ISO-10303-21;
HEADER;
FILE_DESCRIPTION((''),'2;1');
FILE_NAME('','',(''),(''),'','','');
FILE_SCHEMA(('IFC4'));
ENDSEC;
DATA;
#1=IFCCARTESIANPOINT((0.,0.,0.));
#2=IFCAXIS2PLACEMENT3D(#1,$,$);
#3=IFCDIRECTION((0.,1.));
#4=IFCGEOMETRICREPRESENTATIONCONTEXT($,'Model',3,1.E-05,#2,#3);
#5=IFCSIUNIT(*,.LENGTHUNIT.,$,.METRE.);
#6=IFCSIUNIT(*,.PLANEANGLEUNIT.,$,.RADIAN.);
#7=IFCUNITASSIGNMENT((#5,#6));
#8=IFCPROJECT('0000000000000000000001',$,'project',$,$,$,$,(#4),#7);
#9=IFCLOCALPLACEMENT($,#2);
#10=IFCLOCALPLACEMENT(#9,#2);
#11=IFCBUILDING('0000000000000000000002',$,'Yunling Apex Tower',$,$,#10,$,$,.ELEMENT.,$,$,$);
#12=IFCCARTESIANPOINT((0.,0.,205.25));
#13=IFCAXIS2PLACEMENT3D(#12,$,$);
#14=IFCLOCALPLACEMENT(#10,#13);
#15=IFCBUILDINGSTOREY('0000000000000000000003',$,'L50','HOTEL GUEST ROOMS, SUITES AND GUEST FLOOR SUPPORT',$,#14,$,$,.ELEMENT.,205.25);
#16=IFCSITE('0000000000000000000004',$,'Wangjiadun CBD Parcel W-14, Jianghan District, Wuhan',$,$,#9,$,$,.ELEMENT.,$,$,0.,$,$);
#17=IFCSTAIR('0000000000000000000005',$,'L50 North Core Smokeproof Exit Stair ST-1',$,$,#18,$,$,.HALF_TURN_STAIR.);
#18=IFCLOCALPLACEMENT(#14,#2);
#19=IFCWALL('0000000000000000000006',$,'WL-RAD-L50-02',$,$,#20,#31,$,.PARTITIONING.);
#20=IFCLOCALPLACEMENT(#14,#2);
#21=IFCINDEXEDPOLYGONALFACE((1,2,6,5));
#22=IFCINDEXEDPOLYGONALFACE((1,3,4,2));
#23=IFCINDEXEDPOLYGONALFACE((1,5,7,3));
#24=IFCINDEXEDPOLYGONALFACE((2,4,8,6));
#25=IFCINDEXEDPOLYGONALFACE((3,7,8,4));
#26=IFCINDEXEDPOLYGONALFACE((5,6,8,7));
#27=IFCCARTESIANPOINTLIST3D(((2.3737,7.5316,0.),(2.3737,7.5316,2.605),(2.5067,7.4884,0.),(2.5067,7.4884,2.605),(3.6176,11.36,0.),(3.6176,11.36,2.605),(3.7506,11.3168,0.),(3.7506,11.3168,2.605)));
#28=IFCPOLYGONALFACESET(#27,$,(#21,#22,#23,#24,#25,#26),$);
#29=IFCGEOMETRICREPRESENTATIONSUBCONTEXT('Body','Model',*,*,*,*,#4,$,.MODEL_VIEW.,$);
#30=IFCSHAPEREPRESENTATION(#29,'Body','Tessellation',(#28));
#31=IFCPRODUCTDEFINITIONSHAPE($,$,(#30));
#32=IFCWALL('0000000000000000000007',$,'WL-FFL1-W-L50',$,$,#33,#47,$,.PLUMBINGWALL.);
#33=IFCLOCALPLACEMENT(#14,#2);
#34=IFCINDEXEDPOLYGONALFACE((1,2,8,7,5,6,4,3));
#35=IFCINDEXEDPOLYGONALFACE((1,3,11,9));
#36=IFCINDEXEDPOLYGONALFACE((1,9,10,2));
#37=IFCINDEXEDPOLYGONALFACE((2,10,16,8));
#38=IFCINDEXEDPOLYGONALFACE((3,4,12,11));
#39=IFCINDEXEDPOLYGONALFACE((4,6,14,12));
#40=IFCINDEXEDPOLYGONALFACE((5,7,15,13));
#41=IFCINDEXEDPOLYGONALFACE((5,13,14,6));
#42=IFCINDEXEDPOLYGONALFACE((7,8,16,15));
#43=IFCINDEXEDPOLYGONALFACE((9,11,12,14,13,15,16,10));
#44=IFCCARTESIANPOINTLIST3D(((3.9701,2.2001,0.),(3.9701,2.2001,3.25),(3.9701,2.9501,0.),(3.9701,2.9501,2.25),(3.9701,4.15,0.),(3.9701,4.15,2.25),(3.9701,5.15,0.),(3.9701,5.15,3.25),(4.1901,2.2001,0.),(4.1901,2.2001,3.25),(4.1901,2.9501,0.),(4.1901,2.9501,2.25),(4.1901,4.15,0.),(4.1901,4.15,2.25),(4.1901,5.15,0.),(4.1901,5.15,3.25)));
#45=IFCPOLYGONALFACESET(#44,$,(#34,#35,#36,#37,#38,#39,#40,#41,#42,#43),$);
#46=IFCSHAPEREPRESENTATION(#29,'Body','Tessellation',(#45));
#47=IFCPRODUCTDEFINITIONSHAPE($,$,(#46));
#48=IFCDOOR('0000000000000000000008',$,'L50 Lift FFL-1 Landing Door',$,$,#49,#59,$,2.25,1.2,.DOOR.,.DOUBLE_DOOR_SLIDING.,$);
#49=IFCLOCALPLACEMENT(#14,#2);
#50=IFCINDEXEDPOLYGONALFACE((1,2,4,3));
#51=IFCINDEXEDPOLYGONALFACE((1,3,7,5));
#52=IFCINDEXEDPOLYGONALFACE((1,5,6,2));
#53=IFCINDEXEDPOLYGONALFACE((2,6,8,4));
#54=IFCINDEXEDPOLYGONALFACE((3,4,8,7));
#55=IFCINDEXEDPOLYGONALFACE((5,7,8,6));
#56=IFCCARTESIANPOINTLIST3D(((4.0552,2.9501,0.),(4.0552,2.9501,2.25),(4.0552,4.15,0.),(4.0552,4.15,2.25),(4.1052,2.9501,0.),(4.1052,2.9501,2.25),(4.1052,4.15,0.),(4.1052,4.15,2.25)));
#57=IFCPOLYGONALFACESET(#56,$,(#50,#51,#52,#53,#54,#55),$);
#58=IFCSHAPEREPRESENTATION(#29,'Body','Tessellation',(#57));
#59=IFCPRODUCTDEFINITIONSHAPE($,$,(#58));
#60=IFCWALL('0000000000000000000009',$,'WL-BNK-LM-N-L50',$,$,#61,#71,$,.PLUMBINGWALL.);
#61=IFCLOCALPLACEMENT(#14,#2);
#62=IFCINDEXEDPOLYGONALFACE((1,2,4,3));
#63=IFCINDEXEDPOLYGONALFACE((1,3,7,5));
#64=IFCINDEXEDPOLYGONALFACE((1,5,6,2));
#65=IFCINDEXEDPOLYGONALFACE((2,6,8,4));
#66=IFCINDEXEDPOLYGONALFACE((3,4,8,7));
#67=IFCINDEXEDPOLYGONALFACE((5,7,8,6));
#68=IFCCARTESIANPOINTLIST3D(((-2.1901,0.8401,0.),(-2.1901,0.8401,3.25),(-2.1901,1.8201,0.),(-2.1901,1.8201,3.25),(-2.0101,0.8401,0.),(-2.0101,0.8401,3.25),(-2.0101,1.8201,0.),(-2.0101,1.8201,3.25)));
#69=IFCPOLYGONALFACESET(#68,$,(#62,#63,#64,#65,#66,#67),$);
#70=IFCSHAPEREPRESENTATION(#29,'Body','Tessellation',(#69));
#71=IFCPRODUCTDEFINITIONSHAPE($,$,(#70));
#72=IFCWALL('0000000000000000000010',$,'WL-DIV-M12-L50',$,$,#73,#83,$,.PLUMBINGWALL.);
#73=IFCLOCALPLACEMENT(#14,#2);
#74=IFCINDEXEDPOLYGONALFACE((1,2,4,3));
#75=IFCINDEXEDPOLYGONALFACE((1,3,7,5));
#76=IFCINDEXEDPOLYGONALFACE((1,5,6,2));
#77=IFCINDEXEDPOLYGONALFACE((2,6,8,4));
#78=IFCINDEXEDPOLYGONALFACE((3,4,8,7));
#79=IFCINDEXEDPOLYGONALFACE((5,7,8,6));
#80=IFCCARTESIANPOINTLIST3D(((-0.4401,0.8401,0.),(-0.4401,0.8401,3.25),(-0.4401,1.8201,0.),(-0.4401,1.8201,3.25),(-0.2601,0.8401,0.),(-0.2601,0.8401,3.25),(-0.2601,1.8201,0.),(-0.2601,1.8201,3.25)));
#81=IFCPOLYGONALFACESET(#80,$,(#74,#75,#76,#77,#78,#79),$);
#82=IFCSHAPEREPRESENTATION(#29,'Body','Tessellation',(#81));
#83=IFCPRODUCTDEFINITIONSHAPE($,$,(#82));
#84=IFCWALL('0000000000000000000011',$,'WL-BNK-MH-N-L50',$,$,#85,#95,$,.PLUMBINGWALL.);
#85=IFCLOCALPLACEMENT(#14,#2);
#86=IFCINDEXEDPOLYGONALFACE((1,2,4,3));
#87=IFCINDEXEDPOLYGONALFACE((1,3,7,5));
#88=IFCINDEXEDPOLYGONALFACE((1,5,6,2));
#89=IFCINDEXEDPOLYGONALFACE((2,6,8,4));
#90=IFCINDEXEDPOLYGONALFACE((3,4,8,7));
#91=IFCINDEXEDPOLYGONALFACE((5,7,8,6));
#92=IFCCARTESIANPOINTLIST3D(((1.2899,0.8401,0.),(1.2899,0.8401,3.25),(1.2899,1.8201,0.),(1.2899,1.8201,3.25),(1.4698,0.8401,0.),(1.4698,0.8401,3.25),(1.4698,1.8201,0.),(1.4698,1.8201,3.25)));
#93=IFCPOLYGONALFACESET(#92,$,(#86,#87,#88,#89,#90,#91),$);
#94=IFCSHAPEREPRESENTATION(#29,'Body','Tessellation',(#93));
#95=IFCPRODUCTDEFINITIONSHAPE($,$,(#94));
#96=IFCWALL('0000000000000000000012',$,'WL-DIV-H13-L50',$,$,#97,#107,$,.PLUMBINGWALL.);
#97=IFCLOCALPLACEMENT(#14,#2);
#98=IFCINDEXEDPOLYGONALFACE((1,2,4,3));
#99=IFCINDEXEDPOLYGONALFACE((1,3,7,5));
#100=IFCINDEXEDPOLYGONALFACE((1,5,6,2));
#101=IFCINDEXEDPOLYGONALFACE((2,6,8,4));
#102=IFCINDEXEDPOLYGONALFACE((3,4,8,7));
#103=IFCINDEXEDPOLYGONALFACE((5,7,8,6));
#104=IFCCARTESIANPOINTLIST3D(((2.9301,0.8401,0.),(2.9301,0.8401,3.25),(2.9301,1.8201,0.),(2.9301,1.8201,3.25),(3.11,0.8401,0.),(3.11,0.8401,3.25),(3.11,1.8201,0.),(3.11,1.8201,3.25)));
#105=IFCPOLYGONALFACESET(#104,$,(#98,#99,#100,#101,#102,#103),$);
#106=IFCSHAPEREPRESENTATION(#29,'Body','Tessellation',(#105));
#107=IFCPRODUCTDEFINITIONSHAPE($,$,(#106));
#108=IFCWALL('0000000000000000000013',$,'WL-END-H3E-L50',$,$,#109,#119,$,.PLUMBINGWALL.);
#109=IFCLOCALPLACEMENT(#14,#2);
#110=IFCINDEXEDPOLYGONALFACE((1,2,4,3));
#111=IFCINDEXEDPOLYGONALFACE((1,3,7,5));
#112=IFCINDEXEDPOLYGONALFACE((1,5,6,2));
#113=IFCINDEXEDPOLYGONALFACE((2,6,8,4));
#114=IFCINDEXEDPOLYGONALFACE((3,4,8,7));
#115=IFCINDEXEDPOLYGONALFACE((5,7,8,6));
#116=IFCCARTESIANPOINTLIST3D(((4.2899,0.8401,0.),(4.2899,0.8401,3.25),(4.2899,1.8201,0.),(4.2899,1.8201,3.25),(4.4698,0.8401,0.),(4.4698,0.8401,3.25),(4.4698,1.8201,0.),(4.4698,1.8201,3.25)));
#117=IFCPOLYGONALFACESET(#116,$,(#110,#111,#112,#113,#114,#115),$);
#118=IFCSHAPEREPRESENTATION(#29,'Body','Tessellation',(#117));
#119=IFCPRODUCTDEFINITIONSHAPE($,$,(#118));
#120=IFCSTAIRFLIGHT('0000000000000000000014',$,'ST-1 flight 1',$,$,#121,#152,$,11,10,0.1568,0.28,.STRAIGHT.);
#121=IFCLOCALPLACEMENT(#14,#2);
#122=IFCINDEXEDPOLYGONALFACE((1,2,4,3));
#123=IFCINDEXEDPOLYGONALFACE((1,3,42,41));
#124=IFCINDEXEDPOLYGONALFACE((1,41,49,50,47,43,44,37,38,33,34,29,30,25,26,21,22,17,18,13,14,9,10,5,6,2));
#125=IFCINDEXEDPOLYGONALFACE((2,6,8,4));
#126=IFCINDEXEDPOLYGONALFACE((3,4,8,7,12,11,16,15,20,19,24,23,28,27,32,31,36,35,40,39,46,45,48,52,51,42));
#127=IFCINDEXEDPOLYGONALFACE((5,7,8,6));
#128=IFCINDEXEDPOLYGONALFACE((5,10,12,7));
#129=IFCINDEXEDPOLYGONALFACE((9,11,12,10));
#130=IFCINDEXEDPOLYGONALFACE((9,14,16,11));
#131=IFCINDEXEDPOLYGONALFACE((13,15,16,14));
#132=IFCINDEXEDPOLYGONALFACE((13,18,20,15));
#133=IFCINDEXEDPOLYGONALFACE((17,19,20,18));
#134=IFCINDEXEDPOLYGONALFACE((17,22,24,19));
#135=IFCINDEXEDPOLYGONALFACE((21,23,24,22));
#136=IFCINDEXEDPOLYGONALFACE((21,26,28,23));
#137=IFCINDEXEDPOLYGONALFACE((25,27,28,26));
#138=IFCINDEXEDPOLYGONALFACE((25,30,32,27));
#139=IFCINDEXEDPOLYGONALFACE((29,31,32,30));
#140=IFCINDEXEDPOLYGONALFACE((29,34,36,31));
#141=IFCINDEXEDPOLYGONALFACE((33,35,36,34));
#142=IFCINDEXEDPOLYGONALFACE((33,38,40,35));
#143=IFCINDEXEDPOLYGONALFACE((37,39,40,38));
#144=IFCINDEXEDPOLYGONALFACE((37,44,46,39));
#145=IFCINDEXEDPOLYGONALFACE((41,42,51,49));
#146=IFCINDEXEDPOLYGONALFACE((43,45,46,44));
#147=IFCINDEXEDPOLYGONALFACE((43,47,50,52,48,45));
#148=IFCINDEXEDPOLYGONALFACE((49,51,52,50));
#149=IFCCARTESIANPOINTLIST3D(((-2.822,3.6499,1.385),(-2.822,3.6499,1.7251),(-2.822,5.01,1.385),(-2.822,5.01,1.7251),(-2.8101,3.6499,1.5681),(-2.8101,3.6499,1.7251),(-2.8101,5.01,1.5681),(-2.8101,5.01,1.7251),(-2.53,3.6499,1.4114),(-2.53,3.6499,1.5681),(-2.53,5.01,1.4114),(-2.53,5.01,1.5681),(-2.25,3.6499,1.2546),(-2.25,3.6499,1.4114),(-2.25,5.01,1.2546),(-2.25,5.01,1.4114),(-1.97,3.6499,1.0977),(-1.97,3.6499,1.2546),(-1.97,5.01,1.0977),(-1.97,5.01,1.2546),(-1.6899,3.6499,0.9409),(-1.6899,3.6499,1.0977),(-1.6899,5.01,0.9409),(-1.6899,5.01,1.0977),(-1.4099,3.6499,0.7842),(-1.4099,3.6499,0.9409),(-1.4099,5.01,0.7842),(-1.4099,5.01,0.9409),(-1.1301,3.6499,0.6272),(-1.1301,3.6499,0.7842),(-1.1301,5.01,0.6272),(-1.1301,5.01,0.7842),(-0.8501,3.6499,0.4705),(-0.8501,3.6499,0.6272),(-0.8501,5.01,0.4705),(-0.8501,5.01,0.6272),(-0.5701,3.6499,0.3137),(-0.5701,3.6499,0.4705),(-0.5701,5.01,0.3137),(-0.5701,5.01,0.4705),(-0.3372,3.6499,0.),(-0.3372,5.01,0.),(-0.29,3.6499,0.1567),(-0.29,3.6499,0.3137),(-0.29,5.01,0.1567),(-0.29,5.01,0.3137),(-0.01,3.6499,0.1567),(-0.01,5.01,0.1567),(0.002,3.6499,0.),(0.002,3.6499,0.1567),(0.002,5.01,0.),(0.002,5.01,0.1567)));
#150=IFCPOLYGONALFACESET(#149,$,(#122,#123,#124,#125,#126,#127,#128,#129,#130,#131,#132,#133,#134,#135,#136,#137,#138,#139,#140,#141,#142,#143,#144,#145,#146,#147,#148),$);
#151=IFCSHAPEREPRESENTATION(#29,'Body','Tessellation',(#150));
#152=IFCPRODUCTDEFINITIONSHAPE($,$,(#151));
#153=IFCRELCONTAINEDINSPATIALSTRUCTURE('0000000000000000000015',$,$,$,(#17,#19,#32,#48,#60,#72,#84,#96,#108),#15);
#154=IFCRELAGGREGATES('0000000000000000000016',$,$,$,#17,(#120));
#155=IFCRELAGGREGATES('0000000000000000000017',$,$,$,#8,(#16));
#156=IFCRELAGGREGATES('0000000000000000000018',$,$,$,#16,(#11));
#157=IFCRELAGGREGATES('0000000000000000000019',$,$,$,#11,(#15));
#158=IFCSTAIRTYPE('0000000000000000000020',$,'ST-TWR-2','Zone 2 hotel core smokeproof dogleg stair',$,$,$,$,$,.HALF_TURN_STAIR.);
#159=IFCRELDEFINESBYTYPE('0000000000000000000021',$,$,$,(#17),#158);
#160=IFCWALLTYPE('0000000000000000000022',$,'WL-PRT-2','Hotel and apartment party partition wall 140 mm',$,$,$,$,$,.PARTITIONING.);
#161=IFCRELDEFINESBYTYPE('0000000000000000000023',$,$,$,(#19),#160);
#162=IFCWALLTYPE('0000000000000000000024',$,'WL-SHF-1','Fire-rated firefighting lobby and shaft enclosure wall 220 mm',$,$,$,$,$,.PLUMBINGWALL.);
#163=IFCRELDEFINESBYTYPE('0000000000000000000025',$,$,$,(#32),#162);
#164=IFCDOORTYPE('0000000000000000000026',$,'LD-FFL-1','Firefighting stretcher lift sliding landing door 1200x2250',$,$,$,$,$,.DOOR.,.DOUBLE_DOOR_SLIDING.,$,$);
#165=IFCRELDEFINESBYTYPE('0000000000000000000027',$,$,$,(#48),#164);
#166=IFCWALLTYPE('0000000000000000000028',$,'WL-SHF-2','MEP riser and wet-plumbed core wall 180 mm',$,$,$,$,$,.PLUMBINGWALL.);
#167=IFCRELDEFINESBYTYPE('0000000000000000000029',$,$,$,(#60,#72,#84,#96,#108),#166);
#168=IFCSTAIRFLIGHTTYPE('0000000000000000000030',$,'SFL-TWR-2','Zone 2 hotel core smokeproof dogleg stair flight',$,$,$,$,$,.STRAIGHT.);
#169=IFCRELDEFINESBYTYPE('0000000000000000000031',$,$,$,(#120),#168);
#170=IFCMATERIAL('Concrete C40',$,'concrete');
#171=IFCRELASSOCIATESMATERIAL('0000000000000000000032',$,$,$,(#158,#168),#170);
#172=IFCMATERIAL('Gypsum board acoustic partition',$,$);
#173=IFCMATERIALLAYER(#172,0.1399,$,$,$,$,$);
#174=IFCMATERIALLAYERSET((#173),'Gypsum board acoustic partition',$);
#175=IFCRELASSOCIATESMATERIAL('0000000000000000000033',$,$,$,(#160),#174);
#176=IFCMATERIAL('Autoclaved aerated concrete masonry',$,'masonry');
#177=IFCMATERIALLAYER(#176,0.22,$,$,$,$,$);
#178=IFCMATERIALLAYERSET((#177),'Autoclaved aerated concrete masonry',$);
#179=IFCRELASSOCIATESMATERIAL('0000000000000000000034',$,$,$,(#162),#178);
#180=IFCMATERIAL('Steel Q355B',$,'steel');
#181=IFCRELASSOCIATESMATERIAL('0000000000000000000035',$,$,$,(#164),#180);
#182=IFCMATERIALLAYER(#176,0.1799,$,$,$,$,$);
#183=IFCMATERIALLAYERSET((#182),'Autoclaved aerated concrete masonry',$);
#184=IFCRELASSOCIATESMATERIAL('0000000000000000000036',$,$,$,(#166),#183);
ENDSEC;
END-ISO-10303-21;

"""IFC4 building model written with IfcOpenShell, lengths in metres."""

from ifc_helpers import new_model, si_unit, direction, frame, frame_2d, origin, place, context, subcontext, project, spatial, polyline, rectangle, outline, extrude, material, layer, layer_set, type_object, element, fill, aggregate, save


model = new_model("IFC4")

# Units and contexts
model_context = context("Model", 3, precision=1e-05, world=origin(), true_north=direction((0.0, 1.0)))
body_context = subcontext(model_context, "Body", "Model", "MODEL_VIEW")
ifc_project = project(units=[si_unit("LENGTHUNIT", "METRE"), si_unit("PLANEANGLEUNIT", "RADIAN")], contexts=[model_context])

# Site, building, storey
site_placement = place(None, origin())
site = spatial("IfcSite", under=ifc_project, at=site_placement, Name="Wangjiadun CBD Parcel W-14, Jianghan District, Wuhan", CompositionType="ELEMENT", RefElevation=0.0)
building_placement = place(site_placement, origin())
building = spatial("IfcBuilding", under=site, at=building_placement, Name="Yunling Apex Tower", CompositionType="ELEMENT")
storey_placement = place(building_placement, frame((0.0, 0.0, 205.25)))
storey = spatial("IfcBuildingStorey", under=building, at=storey_placement, Name="L50", Description="HOTEL GUEST ROOMS, SUITES AND GUEST FLOOR SUPPORT", CompositionType="ELEMENT", Elevation=205.25)

# Shared definitions
ifc_material_1 = material(Name="Steel Q355B", Category="steel")

# Shared definitions
ifc_material_2 = material(Name="Concrete C40", Category="concrete")

# Stair
stair_type = type_object("IfcStairType", Name="ST-TWR-2", Description="Zone 2 hotel core smokeproof dogleg stair", PredefinedType="HALF_TURN_STAIR", material=ifc_material_2)
stair_1_placement = place(storey_placement, origin())
stair_1 = element("IfcStair", 1, at=stair_1_placement, inside=storey, type_object=stair_type, Name="L50 North Core Smokeproof Exit Stair ST-1", PredefinedType="HALF_TURN_STAIR")

# Wall
ifc_material_3 = material(Name="Gypsum board acoustic partition")
ifc_layer_1 = layer(ifc_material_3, 0.1399)
ifc_layer_set_1 = layer_set([ifc_layer_1], Name="Gypsum board acoustic partition")
wall_type_1 = type_object("IfcWallType", Name="WL-PRT-2", Description="Hotel and apartment party partition wall 140 mm", PredefinedType="PARTITIONING", material=ifc_layer_set_1)
wall_1_placement = place(storey_placement, frame((2.4402, 7.51, 0.0), z_axis=(0.0, 0.0, 1.0), x_axis=(0.309013, 0.951058, 0.0)))
element("IfcWall", 2, at=wall_1_placement, inside=storey, type_object=wall_type_1, Name="WL-RAD-L50-02", PredefinedType="PARTITIONING", context=body_context, shape_type="SweptSolid", body=[
    extrude(rectangle(XDim=4.0254, YDim=0.1399, at=frame_2d((2.0127, 0.0))), origin(), (0.0, 0.0, 1.0), 2.605),
])

# Wall, opening, door
ifc_material_4 = material(Name="Autoclaved aerated concrete masonry", Category="masonry")
ifc_layer_2 = layer(ifc_material_4, 0.22)
ifc_layer_set_2 = layer_set([ifc_layer_2], Name="Autoclaved aerated concrete masonry")
wall_type_2 = type_object("IfcWallType", Name="WL-SHF-1", Description="Fire-rated firefighting lobby and shaft enclosure wall 220 mm", PredefinedType="PLUMBINGWALL", material=ifc_layer_set_2)
wall_2_placement = place(storey_placement, frame((4.0801, 2.2, 0.0), z_axis=(0.0, 0.0, 1.0), x_axis=(0.0, 1.0, 0.0)))
wall_2 = element("IfcWall", 3, at=wall_2_placement, inside=storey, type_object=wall_type_2, Name="WL-FFL1-W-L50", PredefinedType="PLUMBINGWALL", context=body_context, shape_type="SweptSolid", body=[
    extrude(rectangle(XDim=2.95, YDim=0.22, at=frame_2d((1.4751, 0.0))), origin(), (0.0, 0.0, 1.0), 3.25),
])
opening_1_placement = place(wall_2_placement, frame((0.75, 0.0, 0.0)))
opening_1 = element("IfcOpeningElement", 4, at=opening_1_placement, cuts=wall_2, PredefinedType="OPENING", context=body_context, shape_type="SweptSolid", body=[
    extrude(rectangle(XDim=1.2, YDim=2.25, at=frame_2d((0.6001, 1.125))), frame((0.0, 0.1201, 0.0), z_axis=(0.0, -1.0, 0.0), x_axis=(1.0, 0.0, 0.0)), (0.0, 0.0, 1.0), 0.24),
])
door_type_1 = type_object("IfcDoorType", Name="LD-FFL-1", Description="Firefighting stretcher lift sliding landing door 1200x2250", OperationType="DOUBLE_DOOR_SLIDING", PredefinedType="DOOR", material=ifc_material_1)
door_1_placement = place(opening_1_placement, origin())
door_1 = element("IfcDoor", 5, at=door_1_placement, inside=storey, type_object=door_type_1, Name="L50 Lift FFL-1 Landing Door", OperationType="DOUBLE_DOOR_SLIDING", OverallHeight=2.25, OverallWidth=1.2, PredefinedType="DOOR", context=body_context, shape_type="SweptSolid", body=[
    extrude(rectangle(XDim=1.2, YDim=2.25, at=frame_2d((0.6001, 1.125))), frame((0.0, 0.0249, 0.0), z_axis=(0.0, -1.0, 0.0), x_axis=(1.0, 0.0, 0.0)), (0.0, 0.0, 1.0), 0.05),
])
fill(opening_1, door_1)

# Walls
ifc_layer_3 = layer(ifc_material_4, 0.1799)
ifc_layer_set_3 = layer_set([ifc_layer_3], Name="Autoclaved aerated concrete masonry")
wall_type_3 = type_object("IfcWallType", Name="WL-SHF-2", Description="MEP riser and wet-plumbed core wall 180 mm", PredefinedType="PLUMBINGWALL", material=ifc_layer_set_3)
for number, where, z_axis, x_axis, name in (
    (6, (-2.1001, 0.8401, 0.0), (0.0, 0.0, 1.0), (0.0, 1.0, 0.0), "WL-BNK-LM-N-L50"),
    (7, (-0.3501, 0.8401, 0.0), (0.0, 0.0, 1.0), (0.0, 1.0, 0.0), "WL-DIV-M12-L50"),
    (8, (1.3799, 0.8401, 0.0), (0.0, 0.0, 1.0), (0.0, 1.0, 0.0), "WL-BNK-MH-N-L50"),
    (9, (3.02, 0.8401, 0.0), (0.0, 0.0, 1.0), (0.0, 1.0, 0.0), "WL-DIV-H13-L50"),
    (10, (4.3799, 0.8401, 0.0), (0.0, 0.0, 1.0), (0.0, 1.0, 0.0), "WL-END-H3E-L50"),
):
    element("IfcWall", number, at=place(storey_placement, frame(where, z_axis=z_axis, x_axis=x_axis)), inside=storey, type_object=wall_type_3, Name=name, PredefinedType="PLUMBINGWALL", context=body_context, shape_type="SweptSolid", body=[
        extrude(rectangle(XDim=0.98, YDim=0.1799, at=frame_2d((0.49, 0.0))), origin(), (0.0, 0.0, 1.0), 3.25),
    ])

# Stair flight
stair_flight_type = type_object("IfcStairFlightType", Name="SFL-TWR-2", Description="Zone 2 hotel core smokeproof dogleg stair flight", PredefinedType="STRAIGHT", material=ifc_material_2)
stair_flight_placement = place(storey_placement, frame((-0.01, 4.3301, 0.0), z_axis=(0.0, 0.0, 1.0), x_axis=(-1.0, 0.0, 0.0)))
stair_flight = element("IfcStairFlight", 11, at=stair_flight_placement, type_object=stair_flight_type, Name="ST-1 flight 1", NumberOfRisers=11, NumberOfTreads=10, PredefinedType="STRAIGHT", RiserHeight=0.1568, TreadLength=0.28, context=body_context, shape_type="SweptSolid", body=[
    extrude(outline(polyline([(-0.012, 0.0), (-0.012, 0.1567), (0.0, 0.1567), (0.28, 0.1567), (0.28, 0.3137), (0.5601, 0.3137), (0.5601, 0.4705), (0.8401, 0.4705), (0.8401, 0.6272), (1.1201, 0.6272), (1.1201, 0.7842), (1.3999, 0.7842), (1.3999, 0.9409), (1.6799, 0.9409), (1.6799, 1.0977), (1.96, 1.0977), (1.96, 1.2546), (2.24, 1.2546), (2.24, 1.4114), (2.52, 1.4114), (2.52, 1.5681), (2.8, 1.5681), (2.8, 1.7251), (2.812, 1.7251), (2.812, 1.385), (0.3271, 0.0), (-0.012, 0.0)])), frame((0.0, 0.6802, 0.0), z_axis=(0.0, -1.0, 0.0), x_axis=(1.0, 0.0, 0.0)), (0.0, 0.0, 1.0), 1.3601),
])
aggregate(stair_1, [stair_flight])

save(model, "model.ifc")
